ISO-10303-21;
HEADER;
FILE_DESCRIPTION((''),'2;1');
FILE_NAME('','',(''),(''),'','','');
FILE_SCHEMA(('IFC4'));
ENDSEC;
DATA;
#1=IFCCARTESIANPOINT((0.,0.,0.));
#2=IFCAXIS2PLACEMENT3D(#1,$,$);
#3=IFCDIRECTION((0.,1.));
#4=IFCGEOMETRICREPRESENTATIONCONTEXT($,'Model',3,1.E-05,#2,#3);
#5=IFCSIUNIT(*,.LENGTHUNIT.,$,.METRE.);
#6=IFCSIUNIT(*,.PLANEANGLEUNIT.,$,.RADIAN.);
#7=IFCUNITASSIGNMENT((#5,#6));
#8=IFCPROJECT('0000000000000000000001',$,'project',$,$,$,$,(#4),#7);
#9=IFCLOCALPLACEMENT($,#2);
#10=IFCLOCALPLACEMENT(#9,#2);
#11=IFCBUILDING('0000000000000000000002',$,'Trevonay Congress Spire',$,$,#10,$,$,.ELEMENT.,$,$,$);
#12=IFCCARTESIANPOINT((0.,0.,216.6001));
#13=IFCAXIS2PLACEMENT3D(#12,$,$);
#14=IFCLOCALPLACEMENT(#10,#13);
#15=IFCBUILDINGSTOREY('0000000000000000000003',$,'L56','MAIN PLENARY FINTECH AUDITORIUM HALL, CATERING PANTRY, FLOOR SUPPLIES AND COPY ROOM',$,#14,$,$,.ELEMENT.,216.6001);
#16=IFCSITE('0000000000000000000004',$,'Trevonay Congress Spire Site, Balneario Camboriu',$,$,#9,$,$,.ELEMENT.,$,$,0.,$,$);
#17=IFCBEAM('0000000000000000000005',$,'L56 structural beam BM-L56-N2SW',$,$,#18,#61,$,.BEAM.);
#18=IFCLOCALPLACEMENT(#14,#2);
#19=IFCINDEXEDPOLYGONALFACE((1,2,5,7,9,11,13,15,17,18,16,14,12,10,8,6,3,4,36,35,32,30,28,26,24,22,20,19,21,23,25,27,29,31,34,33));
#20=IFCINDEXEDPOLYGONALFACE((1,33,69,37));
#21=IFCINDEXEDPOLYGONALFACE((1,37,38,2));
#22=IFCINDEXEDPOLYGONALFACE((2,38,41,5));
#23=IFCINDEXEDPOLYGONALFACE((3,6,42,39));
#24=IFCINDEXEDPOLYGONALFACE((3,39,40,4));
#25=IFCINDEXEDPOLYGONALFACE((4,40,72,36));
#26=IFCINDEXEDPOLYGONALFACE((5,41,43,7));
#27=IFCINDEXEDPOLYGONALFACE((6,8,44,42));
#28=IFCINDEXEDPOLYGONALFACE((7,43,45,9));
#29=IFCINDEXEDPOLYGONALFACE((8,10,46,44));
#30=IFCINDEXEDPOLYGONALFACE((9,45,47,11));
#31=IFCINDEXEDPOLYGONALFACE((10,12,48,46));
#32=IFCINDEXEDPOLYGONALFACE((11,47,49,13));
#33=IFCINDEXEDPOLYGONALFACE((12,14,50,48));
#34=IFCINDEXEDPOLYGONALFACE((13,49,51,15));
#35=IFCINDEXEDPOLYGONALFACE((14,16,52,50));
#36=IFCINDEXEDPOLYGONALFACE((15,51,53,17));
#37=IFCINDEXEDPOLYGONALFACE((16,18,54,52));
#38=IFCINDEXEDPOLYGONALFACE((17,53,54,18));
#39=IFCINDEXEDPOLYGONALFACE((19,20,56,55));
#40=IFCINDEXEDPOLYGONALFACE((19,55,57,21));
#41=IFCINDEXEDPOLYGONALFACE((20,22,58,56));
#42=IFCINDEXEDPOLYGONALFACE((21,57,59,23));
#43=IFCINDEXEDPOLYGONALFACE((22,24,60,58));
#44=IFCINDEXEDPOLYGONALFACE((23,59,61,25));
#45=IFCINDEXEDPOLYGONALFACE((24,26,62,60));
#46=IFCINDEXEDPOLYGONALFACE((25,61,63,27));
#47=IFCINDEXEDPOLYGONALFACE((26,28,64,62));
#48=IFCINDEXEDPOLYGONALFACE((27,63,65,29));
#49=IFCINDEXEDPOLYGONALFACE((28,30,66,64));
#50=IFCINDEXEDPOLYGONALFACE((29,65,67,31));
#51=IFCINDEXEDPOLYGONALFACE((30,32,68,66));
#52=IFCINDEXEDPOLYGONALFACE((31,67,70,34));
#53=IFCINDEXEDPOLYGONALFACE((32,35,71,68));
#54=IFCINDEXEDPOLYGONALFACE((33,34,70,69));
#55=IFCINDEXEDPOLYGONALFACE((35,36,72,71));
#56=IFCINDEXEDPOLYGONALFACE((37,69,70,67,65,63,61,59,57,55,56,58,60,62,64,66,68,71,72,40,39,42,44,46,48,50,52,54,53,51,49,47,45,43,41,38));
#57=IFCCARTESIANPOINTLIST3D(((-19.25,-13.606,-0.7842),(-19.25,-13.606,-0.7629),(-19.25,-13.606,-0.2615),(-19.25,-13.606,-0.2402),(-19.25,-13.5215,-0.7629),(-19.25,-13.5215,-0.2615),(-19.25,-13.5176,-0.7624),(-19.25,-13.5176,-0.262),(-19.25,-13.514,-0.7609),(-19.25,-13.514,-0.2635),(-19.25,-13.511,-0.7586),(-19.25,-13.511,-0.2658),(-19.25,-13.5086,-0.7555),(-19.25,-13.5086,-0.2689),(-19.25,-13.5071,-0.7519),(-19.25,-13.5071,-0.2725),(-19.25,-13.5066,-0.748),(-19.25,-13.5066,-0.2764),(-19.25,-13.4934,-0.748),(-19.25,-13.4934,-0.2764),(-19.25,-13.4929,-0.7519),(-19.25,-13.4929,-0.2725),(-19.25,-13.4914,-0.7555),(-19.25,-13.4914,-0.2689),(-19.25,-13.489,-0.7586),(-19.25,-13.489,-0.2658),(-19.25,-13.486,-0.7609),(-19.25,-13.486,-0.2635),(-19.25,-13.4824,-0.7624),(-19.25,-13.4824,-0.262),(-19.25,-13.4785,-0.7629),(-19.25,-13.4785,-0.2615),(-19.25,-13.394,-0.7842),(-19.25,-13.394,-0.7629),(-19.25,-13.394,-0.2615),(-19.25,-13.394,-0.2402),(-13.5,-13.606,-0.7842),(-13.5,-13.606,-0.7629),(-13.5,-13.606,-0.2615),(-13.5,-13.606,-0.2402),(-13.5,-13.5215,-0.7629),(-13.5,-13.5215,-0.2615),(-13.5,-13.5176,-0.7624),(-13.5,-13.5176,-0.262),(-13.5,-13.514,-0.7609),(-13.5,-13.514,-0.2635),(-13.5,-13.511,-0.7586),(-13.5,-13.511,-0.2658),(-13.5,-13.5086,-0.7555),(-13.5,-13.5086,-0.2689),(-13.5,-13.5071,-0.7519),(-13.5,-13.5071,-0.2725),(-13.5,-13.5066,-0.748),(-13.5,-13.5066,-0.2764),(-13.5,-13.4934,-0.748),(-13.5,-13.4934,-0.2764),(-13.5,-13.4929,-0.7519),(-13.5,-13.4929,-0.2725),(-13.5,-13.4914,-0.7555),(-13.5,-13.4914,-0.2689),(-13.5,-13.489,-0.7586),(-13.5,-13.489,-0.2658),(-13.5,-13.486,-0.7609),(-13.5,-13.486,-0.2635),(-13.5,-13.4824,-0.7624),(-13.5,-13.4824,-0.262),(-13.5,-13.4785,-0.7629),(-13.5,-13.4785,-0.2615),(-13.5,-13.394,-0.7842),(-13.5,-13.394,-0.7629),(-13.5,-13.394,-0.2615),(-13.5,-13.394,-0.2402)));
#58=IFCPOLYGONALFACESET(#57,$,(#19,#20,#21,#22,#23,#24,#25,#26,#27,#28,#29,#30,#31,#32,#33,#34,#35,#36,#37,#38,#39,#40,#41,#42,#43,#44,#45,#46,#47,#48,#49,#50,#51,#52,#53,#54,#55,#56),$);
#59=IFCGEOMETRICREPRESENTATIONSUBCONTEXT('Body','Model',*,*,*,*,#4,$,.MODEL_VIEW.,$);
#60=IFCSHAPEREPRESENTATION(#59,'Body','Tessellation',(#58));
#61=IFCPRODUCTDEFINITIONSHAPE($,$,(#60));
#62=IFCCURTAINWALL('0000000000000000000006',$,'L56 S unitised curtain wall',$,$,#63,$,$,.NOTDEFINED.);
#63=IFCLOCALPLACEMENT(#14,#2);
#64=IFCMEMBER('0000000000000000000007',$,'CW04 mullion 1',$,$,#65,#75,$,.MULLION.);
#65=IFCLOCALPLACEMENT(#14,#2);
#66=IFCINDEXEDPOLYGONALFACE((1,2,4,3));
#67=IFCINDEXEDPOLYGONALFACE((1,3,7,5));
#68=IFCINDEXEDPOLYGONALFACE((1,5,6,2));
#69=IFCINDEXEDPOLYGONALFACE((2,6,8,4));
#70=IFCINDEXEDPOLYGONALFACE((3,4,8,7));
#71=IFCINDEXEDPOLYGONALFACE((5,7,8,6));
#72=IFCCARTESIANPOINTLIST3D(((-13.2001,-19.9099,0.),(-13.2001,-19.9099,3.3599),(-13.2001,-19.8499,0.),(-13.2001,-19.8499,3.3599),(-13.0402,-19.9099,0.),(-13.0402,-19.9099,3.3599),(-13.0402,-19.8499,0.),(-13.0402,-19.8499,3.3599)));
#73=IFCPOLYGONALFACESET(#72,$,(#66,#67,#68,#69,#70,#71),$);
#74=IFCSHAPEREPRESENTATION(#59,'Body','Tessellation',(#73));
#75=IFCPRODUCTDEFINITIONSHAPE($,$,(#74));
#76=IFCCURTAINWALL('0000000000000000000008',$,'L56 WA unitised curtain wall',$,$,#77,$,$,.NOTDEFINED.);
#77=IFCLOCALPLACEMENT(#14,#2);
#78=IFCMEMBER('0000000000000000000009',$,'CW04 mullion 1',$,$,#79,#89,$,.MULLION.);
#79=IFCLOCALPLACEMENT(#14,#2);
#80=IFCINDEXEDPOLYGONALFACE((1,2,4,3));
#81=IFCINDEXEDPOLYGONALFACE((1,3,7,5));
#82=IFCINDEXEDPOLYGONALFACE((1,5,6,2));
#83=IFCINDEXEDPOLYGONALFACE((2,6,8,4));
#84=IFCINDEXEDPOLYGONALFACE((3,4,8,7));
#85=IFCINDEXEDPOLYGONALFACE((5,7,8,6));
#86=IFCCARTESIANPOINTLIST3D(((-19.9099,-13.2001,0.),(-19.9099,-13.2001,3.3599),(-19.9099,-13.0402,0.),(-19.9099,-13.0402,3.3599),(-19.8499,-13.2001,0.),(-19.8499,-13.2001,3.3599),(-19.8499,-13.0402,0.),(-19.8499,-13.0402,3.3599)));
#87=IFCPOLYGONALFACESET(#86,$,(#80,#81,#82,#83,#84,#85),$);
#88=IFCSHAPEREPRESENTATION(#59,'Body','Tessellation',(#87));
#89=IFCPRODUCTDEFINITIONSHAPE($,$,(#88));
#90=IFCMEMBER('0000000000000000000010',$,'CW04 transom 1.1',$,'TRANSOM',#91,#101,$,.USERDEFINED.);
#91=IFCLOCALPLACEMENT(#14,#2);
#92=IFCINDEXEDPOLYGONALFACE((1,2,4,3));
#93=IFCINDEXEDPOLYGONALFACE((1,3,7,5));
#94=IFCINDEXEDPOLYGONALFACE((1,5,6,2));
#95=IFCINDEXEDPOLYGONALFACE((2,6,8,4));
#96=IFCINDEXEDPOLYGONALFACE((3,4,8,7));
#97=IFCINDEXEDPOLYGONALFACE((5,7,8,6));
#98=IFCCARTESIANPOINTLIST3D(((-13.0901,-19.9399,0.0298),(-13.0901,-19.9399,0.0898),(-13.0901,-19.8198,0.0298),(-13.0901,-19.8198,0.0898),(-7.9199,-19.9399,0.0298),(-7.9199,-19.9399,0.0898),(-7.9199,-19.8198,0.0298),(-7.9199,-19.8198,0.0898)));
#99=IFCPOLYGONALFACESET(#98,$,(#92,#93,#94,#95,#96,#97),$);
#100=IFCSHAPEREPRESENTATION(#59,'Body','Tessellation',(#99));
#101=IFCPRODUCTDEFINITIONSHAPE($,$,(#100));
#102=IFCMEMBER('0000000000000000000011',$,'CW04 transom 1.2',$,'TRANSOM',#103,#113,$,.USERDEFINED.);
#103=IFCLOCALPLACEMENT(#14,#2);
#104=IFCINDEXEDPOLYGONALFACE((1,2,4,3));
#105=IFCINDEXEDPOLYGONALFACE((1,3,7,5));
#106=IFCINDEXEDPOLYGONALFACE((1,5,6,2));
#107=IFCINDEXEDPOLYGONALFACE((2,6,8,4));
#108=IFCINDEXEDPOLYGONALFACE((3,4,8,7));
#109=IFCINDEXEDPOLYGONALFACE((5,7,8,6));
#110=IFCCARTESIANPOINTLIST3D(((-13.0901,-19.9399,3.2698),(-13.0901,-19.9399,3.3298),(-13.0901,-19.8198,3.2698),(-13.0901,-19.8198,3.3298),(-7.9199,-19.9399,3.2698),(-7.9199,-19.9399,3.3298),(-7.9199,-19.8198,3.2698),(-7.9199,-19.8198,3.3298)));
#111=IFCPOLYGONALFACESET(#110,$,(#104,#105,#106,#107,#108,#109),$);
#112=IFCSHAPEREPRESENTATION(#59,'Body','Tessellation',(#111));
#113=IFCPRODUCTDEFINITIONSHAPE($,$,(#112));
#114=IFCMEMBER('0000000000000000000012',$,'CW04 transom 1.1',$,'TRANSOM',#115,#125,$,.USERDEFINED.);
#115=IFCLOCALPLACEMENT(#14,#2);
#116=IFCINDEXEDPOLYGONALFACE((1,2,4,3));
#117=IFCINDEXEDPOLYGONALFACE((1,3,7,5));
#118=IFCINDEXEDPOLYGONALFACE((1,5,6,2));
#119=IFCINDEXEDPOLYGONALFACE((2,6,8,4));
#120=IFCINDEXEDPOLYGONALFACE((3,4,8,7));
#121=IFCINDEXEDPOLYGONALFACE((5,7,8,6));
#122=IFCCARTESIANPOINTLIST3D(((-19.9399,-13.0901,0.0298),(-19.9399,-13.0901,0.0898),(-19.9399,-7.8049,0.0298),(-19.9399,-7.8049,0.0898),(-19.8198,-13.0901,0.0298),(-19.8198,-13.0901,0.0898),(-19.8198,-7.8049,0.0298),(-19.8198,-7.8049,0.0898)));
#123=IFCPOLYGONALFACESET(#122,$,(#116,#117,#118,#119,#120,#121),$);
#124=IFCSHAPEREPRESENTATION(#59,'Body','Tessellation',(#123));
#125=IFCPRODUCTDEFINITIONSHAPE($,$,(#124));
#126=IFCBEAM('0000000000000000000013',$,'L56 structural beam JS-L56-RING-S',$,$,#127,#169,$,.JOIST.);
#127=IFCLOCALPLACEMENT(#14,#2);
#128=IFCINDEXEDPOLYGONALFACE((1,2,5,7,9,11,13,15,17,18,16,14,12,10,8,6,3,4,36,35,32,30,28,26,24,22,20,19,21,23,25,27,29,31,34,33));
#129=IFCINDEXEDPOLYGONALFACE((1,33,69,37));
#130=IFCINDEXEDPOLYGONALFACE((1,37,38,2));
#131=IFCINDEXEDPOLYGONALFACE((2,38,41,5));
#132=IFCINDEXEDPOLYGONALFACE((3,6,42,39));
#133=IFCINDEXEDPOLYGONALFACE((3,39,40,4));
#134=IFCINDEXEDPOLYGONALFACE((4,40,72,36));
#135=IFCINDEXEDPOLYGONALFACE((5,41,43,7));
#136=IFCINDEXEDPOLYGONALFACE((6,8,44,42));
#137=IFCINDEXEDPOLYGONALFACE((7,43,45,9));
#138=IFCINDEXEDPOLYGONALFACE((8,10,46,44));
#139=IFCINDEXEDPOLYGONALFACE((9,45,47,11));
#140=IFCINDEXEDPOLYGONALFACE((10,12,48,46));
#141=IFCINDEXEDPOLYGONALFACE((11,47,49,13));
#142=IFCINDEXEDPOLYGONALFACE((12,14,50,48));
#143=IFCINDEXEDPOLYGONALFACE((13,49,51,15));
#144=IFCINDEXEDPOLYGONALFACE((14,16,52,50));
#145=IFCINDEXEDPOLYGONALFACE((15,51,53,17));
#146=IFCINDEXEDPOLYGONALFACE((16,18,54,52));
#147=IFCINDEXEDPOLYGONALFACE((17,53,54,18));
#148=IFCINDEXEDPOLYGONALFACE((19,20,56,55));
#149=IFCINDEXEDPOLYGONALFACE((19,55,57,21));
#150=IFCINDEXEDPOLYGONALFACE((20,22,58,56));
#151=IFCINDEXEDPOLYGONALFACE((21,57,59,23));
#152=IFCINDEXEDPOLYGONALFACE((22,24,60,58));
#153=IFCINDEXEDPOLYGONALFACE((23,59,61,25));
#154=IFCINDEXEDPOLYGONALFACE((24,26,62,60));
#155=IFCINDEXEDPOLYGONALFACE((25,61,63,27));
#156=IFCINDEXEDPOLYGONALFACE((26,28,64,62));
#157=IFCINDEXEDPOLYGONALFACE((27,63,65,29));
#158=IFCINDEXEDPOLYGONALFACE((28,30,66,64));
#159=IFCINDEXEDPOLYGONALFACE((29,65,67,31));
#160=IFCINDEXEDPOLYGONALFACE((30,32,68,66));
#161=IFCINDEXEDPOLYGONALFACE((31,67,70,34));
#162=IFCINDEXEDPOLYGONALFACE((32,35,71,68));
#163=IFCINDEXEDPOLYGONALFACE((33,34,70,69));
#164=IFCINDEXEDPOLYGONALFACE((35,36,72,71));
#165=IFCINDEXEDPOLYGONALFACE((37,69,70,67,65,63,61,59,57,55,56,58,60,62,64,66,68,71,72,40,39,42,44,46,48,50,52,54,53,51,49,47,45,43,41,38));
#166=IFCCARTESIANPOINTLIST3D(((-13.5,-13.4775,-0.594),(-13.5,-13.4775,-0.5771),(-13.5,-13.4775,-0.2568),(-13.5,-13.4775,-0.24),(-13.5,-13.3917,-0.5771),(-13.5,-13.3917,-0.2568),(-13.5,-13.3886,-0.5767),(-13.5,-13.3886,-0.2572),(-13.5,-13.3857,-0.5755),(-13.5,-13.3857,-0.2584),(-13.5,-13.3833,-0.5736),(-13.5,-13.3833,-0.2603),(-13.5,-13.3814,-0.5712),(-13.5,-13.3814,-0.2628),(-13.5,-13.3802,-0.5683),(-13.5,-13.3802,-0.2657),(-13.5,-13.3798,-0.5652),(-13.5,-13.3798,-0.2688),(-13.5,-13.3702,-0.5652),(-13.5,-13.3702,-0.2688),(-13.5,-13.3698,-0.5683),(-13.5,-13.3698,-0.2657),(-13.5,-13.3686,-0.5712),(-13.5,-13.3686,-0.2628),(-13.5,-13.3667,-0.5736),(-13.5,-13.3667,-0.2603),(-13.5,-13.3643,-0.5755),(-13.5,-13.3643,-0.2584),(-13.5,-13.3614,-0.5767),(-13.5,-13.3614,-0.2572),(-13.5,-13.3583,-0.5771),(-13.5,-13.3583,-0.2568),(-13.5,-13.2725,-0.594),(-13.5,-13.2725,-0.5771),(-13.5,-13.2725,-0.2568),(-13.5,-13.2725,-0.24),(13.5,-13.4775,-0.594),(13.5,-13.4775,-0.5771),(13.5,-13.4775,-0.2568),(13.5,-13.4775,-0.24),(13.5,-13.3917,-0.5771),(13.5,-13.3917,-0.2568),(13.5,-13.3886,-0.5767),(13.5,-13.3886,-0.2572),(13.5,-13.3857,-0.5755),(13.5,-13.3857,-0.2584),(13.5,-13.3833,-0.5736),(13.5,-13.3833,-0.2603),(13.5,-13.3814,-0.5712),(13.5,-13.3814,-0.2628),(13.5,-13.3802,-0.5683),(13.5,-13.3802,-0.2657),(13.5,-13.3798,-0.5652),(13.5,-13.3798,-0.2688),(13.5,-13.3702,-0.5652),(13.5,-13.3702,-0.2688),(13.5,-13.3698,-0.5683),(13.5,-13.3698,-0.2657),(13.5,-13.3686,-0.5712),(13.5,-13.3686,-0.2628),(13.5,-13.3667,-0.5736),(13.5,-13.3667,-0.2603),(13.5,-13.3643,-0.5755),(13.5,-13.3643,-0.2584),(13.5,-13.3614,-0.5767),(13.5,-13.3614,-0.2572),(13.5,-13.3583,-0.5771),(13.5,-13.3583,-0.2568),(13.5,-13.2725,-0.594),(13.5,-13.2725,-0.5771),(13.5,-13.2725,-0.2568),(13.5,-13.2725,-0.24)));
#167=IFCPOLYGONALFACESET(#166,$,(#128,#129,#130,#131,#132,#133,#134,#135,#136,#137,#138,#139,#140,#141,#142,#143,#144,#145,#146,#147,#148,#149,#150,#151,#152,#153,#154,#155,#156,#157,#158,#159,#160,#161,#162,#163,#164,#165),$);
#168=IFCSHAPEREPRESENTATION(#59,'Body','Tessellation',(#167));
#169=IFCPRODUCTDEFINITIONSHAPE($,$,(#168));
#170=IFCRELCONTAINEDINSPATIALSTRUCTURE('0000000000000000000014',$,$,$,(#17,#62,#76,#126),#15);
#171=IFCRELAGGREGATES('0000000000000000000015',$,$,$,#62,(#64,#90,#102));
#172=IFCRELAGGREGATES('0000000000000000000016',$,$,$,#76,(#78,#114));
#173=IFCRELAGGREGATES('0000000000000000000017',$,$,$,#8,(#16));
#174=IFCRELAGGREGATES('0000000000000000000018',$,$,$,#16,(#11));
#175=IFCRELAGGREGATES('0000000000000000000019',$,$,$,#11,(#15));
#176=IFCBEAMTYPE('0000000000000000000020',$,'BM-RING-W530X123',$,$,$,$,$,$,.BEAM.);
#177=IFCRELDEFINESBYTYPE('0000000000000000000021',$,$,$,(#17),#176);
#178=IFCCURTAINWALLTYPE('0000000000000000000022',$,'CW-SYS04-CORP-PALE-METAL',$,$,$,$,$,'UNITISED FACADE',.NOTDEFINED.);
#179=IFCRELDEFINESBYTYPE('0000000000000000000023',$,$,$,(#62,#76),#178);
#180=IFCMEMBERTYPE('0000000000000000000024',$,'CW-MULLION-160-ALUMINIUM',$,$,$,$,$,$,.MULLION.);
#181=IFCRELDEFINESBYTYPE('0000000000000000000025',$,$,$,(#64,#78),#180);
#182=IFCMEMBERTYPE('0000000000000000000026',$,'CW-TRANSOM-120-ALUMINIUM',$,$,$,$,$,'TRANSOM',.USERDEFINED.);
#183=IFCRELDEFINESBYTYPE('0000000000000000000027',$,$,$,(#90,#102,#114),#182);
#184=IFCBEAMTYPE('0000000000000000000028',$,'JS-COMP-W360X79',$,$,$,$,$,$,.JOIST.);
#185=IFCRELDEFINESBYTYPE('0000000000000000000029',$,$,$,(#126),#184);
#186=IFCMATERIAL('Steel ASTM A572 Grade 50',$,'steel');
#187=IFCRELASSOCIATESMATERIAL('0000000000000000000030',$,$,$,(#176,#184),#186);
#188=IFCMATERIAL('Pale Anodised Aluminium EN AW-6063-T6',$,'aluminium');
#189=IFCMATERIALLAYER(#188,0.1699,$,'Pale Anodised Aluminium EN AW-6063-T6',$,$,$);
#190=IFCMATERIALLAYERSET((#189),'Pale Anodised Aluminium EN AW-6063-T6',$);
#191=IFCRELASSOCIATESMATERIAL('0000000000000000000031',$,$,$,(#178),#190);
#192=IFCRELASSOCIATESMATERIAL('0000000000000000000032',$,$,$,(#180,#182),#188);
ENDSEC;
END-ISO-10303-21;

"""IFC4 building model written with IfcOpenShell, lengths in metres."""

from ifc_helpers import new_model, si_unit, direction, frame, origin, origin_2d, place, context, subcontext, project, spatial, rectangle, i_section, extrude, material, layer, layer_set, material_profile, profile_set, type_object, element, aggregate, save


model = new_model("IFC4")

# Units and contexts
model_context = context("Model", 3, precision=1e-05, world=origin(), true_north=direction((0.0, 1.0)))
body_context = subcontext(model_context, "Body", "Model", "MODEL_VIEW")
ifc_project = project(units=[si_unit("LENGTHUNIT", "METRE"), si_unit("PLANEANGLEUNIT", "RADIAN")], contexts=[model_context])

# Site, building, storey
site_placement = place(None, origin())
site = spatial("IfcSite", under=ifc_project, at=site_placement, Name="Trevonay Congress Spire Site, Balneario Camboriu", CompositionType="ELEMENT", RefElevation=0.0)
building_placement = place(site_placement, origin())
building = spatial("IfcBuilding", under=site, at=building_placement, Name="Trevonay Congress Spire", CompositionType="ELEMENT")
storey_placement = place(building_placement, frame((0.0, 0.0, 216.6001)))
storey = spatial("IfcBuildingStorey", under=building, at=storey_placement, Name="L56", Description="MAIN PLENARY FINTECH AUDITORIUM HALL, CATERING PANTRY, FLOOR SUPPLIES AND COPY ROOM", CompositionType="ELEMENT", Elevation=216.6001)

# Shared definitions
ifc_material_1 = material(Name="Steel ASTM A572 Grade 50", Category="steel")

# Beam
ifc_material_profile_1 = material_profile(ifc_material_1, i_section(OverallWidth=0.2119, OverallDepth=0.5439, WebThickness=0.0132, FlangeThickness=0.0212, FilletRadius=0.0149, at=origin_2d()), Name="W530x123")
ifc_profile_set_1 = profile_set([ifc_material_profile_1], Name="Steel ASTM A572 Grade 50")
beam_type_1 = type_object("IfcBeamType", Name="BM-RING-W530X123", PredefinedType="BEAM", material=ifc_profile_set_1)
for number, where, z_axis, x_axis, name in (
    (1, (-19.25, -13.5, -0.5122), (1.0, 0.0, 0.0), (0.0, 1.0, 0.0), "L56 structural beam BM-L56-N2SW"),
):
    element("IfcBeam", number, at=place(storey_placement, frame(where, z_axis=z_axis, x_axis=x_axis)), inside=storey, type_object=beam_type_1, Name=name, PredefinedType="BEAM", context=body_context, shape_type="SweptSolid", body=[
        extrude(i_section(OverallWidth=0.2119, OverallDepth=0.5439, WebThickness=0.0132, FlangeThickness=0.0212, FilletRadius=0.0149, at=origin_2d()), origin(), (0.0, 0.0, 1.0), 5.75),
    ])

# Curtain walls, members
ifc_material_2 = material(Name="Pale Anodised Aluminium EN AW-6063-T6", Category="aluminium")
ifc_layer_1 = layer(ifc_material_2, 0.1699, Name="Pale Anodised Aluminium EN AW-6063-T6")
ifc_layer_set_1 = layer_set([ifc_layer_1], Name="Pale Anodised Aluminium EN AW-6063-T6")
curtain_wall_type = type_object("IfcCurtainWallType", Name="CW-SYS04-CORP-PALE-METAL", ElementType="UNITISED FACADE", PredefinedType="NOTDEFINED", material=ifc_layer_set_1)
curtain_wall_1_placement = place(storey_placement, origin())
curtain_wall_1 = element("IfcCurtainWall", 2, at=curtain_wall_1_placement, inside=storey, type_object=curtain_wall_type, Name="L56 S unitised curtain wall", PredefinedType="NOTDEFINED")
ifc_material_profile_2 = material_profile(ifc_material_2, rectangle(XDim=0.0601, YDim=0.1599, at=origin_2d()), Name="CW-MULLION-160-ALUMINIUM")
ifc_profile_set_2 = profile_set([ifc_material_profile_2], Name="Pale Anodised Aluminium EN AW-6063-T6")
member_type_1 = type_object("IfcMemberType", Name="CW-MULLION-160-ALUMINIUM", PredefinedType="MULLION", material=ifc_profile_set_2)
member_1_placement = place(storey_placement, frame((-13.1201, -19.8799, 0.0), z_axis=(0.0, 0.0, 1.0), x_axis=(0.0, 1.0, 0.0)))
member_1 = element("IfcMember", 3, at=member_1_placement, type_object=member_type_1, Name="CW04 mullion 1", PredefinedType="MULLION", context=body_context, shape_type="SweptSolid", body=[
    extrude(rectangle(XDim=0.0601, YDim=0.1599, at=origin_2d()), origin(), (0.0, 0.0, 1.0), 3.3599),
])
curtain_wall_2_placement = place(storey_placement, origin())
curtain_wall_2 = element("IfcCurtainWall", 4, at=curtain_wall_2_placement, inside=storey, type_object=curtain_wall_type, Name="L56 WA unitised curtain wall", PredefinedType="NOTDEFINED")
member_2_placement = place(storey_placement, frame((-19.8799, -13.1201, 0.0), z_axis=(0.0, 0.0, 1.0), x_axis=(-1.0, 0.0, 0.0)))
member_2 = element("IfcMember", 5, at=member_2_placement, type_object=member_type_1, Name="CW04 mullion 1", PredefinedType="MULLION", context=body_context, shape_type="SweptSolid", body=[
    extrude(rectangle(XDim=0.0601, YDim=0.1599, at=origin_2d()), origin(), (0.0, 0.0, 1.0), 3.3599),
])

# Members
ifc_material_profile_3 = material_profile(ifc_material_2, rectangle(XDim=0.1201, YDim=0.0601, at=origin_2d()), Name="CW-TRANSOM-120-ALUMINIUM")
ifc_profile_set_3 = profile_set([ifc_material_profile_3], Name="Pale Anodised Aluminium EN AW-6063-T6")
member_type_2 = type_object("IfcMemberType", Name="CW-TRANSOM-120-ALUMINIUM", ElementType="TRANSOM", PredefinedType="USERDEFINED", material=ifc_profile_set_3)
member_3_placement = place(storey_placement, frame((-13.0901, -19.8799, 0.0598), z_axis=(1.0, 0.0, 0.0), x_axis=(0.0, 1.0, 0.0)))
member_3 = element("IfcMember", 6, at=member_3_placement, type_object=member_type_2, Name="CW04 transom 1.1", ObjectType="TRANSOM", PredefinedType="USERDEFINED", context=body_context, shape_type="SweptSolid", body=[
    extrude(rectangle(XDim=0.1201, YDim=0.0601, at=origin_2d()), origin(), (0.0, 0.0, 1.0), 5.1702),
])
member_4_placement = place(storey_placement, frame((-13.0901, -19.8799, 3.2998), z_axis=(1.0, 0.0, 0.0), x_axis=(0.0, 1.0, 0.0)))
member_4 = element("IfcMember", 7, at=member_4_placement, type_object=member_type_2, Name="CW04 transom 1.2", ObjectType="TRANSOM", PredefinedType="USERDEFINED", context=body_context, shape_type="SweptSolid", body=[
    extrude(rectangle(XDim=0.1201, YDim=0.0601, at=origin_2d()), origin(), (0.0, 0.0, 1.0), 5.1702),
])
aggregate(curtain_wall_1, [member_1, member_3, member_4])
member_5_placement = place(storey_placement, frame((-19.8799, -13.0901, 0.0598), z_axis=(0.0, 1.0, 0.0), x_axis=(-1.0, 0.0, 0.0)))
member_5 = element("IfcMember", 8, at=member_5_placement, type_object=member_type_2, Name="CW04 transom 1.1", ObjectType="TRANSOM", PredefinedType="USERDEFINED", context=body_context, shape_type="SweptSolid", body=[
    extrude(rectangle(XDim=0.1201, YDim=0.0601, at=origin_2d()), origin(), (0.0, 0.0, 1.0), 5.2852),
])
aggregate(curtain_wall_2, [member_2, member_5])

# Beam
ifc_material_profile_4 = material_profile(ifc_material_1, i_section(OverallWidth=0.2051, OverallDepth=0.354, WebThickness=0.0095, FlangeThickness=0.0168, FilletRadius=0.012, at=origin_2d()), Name="W360x79")
ifc_profile_set_4 = profile_set([ifc_material_profile_4], Name="Steel ASTM A572 Grade 50")
beam_type_2 = type_object("IfcBeamType", Name="JS-COMP-W360X79", PredefinedType="JOIST", material=ifc_profile_set_4)
for number, where, z_axis, x_axis, name in (
    (9, (-13.5, -13.375, -0.417), (1.0, 0.0, 0.0), (0.0, 1.0, 0.0), "L56 structural beam JS-L56-RING-S"),
):
    element("IfcBeam", number, at=place(storey_placement, frame(where, z_axis=z_axis, x_axis=x_axis)), inside=storey, type_object=beam_type_2, Name=name, PredefinedType="JOIST", context=body_context, shape_type="SweptSolid", body=[
        extrude(i_section(OverallWidth=0.2051, OverallDepth=0.354, WebThickness=0.0095, FlangeThickness=0.0168, FilletRadius=0.012, at=origin_2d()), origin(), (0.0, 0.0, 1.0), 27.0),
    ])

save(model, "model.ifc")
